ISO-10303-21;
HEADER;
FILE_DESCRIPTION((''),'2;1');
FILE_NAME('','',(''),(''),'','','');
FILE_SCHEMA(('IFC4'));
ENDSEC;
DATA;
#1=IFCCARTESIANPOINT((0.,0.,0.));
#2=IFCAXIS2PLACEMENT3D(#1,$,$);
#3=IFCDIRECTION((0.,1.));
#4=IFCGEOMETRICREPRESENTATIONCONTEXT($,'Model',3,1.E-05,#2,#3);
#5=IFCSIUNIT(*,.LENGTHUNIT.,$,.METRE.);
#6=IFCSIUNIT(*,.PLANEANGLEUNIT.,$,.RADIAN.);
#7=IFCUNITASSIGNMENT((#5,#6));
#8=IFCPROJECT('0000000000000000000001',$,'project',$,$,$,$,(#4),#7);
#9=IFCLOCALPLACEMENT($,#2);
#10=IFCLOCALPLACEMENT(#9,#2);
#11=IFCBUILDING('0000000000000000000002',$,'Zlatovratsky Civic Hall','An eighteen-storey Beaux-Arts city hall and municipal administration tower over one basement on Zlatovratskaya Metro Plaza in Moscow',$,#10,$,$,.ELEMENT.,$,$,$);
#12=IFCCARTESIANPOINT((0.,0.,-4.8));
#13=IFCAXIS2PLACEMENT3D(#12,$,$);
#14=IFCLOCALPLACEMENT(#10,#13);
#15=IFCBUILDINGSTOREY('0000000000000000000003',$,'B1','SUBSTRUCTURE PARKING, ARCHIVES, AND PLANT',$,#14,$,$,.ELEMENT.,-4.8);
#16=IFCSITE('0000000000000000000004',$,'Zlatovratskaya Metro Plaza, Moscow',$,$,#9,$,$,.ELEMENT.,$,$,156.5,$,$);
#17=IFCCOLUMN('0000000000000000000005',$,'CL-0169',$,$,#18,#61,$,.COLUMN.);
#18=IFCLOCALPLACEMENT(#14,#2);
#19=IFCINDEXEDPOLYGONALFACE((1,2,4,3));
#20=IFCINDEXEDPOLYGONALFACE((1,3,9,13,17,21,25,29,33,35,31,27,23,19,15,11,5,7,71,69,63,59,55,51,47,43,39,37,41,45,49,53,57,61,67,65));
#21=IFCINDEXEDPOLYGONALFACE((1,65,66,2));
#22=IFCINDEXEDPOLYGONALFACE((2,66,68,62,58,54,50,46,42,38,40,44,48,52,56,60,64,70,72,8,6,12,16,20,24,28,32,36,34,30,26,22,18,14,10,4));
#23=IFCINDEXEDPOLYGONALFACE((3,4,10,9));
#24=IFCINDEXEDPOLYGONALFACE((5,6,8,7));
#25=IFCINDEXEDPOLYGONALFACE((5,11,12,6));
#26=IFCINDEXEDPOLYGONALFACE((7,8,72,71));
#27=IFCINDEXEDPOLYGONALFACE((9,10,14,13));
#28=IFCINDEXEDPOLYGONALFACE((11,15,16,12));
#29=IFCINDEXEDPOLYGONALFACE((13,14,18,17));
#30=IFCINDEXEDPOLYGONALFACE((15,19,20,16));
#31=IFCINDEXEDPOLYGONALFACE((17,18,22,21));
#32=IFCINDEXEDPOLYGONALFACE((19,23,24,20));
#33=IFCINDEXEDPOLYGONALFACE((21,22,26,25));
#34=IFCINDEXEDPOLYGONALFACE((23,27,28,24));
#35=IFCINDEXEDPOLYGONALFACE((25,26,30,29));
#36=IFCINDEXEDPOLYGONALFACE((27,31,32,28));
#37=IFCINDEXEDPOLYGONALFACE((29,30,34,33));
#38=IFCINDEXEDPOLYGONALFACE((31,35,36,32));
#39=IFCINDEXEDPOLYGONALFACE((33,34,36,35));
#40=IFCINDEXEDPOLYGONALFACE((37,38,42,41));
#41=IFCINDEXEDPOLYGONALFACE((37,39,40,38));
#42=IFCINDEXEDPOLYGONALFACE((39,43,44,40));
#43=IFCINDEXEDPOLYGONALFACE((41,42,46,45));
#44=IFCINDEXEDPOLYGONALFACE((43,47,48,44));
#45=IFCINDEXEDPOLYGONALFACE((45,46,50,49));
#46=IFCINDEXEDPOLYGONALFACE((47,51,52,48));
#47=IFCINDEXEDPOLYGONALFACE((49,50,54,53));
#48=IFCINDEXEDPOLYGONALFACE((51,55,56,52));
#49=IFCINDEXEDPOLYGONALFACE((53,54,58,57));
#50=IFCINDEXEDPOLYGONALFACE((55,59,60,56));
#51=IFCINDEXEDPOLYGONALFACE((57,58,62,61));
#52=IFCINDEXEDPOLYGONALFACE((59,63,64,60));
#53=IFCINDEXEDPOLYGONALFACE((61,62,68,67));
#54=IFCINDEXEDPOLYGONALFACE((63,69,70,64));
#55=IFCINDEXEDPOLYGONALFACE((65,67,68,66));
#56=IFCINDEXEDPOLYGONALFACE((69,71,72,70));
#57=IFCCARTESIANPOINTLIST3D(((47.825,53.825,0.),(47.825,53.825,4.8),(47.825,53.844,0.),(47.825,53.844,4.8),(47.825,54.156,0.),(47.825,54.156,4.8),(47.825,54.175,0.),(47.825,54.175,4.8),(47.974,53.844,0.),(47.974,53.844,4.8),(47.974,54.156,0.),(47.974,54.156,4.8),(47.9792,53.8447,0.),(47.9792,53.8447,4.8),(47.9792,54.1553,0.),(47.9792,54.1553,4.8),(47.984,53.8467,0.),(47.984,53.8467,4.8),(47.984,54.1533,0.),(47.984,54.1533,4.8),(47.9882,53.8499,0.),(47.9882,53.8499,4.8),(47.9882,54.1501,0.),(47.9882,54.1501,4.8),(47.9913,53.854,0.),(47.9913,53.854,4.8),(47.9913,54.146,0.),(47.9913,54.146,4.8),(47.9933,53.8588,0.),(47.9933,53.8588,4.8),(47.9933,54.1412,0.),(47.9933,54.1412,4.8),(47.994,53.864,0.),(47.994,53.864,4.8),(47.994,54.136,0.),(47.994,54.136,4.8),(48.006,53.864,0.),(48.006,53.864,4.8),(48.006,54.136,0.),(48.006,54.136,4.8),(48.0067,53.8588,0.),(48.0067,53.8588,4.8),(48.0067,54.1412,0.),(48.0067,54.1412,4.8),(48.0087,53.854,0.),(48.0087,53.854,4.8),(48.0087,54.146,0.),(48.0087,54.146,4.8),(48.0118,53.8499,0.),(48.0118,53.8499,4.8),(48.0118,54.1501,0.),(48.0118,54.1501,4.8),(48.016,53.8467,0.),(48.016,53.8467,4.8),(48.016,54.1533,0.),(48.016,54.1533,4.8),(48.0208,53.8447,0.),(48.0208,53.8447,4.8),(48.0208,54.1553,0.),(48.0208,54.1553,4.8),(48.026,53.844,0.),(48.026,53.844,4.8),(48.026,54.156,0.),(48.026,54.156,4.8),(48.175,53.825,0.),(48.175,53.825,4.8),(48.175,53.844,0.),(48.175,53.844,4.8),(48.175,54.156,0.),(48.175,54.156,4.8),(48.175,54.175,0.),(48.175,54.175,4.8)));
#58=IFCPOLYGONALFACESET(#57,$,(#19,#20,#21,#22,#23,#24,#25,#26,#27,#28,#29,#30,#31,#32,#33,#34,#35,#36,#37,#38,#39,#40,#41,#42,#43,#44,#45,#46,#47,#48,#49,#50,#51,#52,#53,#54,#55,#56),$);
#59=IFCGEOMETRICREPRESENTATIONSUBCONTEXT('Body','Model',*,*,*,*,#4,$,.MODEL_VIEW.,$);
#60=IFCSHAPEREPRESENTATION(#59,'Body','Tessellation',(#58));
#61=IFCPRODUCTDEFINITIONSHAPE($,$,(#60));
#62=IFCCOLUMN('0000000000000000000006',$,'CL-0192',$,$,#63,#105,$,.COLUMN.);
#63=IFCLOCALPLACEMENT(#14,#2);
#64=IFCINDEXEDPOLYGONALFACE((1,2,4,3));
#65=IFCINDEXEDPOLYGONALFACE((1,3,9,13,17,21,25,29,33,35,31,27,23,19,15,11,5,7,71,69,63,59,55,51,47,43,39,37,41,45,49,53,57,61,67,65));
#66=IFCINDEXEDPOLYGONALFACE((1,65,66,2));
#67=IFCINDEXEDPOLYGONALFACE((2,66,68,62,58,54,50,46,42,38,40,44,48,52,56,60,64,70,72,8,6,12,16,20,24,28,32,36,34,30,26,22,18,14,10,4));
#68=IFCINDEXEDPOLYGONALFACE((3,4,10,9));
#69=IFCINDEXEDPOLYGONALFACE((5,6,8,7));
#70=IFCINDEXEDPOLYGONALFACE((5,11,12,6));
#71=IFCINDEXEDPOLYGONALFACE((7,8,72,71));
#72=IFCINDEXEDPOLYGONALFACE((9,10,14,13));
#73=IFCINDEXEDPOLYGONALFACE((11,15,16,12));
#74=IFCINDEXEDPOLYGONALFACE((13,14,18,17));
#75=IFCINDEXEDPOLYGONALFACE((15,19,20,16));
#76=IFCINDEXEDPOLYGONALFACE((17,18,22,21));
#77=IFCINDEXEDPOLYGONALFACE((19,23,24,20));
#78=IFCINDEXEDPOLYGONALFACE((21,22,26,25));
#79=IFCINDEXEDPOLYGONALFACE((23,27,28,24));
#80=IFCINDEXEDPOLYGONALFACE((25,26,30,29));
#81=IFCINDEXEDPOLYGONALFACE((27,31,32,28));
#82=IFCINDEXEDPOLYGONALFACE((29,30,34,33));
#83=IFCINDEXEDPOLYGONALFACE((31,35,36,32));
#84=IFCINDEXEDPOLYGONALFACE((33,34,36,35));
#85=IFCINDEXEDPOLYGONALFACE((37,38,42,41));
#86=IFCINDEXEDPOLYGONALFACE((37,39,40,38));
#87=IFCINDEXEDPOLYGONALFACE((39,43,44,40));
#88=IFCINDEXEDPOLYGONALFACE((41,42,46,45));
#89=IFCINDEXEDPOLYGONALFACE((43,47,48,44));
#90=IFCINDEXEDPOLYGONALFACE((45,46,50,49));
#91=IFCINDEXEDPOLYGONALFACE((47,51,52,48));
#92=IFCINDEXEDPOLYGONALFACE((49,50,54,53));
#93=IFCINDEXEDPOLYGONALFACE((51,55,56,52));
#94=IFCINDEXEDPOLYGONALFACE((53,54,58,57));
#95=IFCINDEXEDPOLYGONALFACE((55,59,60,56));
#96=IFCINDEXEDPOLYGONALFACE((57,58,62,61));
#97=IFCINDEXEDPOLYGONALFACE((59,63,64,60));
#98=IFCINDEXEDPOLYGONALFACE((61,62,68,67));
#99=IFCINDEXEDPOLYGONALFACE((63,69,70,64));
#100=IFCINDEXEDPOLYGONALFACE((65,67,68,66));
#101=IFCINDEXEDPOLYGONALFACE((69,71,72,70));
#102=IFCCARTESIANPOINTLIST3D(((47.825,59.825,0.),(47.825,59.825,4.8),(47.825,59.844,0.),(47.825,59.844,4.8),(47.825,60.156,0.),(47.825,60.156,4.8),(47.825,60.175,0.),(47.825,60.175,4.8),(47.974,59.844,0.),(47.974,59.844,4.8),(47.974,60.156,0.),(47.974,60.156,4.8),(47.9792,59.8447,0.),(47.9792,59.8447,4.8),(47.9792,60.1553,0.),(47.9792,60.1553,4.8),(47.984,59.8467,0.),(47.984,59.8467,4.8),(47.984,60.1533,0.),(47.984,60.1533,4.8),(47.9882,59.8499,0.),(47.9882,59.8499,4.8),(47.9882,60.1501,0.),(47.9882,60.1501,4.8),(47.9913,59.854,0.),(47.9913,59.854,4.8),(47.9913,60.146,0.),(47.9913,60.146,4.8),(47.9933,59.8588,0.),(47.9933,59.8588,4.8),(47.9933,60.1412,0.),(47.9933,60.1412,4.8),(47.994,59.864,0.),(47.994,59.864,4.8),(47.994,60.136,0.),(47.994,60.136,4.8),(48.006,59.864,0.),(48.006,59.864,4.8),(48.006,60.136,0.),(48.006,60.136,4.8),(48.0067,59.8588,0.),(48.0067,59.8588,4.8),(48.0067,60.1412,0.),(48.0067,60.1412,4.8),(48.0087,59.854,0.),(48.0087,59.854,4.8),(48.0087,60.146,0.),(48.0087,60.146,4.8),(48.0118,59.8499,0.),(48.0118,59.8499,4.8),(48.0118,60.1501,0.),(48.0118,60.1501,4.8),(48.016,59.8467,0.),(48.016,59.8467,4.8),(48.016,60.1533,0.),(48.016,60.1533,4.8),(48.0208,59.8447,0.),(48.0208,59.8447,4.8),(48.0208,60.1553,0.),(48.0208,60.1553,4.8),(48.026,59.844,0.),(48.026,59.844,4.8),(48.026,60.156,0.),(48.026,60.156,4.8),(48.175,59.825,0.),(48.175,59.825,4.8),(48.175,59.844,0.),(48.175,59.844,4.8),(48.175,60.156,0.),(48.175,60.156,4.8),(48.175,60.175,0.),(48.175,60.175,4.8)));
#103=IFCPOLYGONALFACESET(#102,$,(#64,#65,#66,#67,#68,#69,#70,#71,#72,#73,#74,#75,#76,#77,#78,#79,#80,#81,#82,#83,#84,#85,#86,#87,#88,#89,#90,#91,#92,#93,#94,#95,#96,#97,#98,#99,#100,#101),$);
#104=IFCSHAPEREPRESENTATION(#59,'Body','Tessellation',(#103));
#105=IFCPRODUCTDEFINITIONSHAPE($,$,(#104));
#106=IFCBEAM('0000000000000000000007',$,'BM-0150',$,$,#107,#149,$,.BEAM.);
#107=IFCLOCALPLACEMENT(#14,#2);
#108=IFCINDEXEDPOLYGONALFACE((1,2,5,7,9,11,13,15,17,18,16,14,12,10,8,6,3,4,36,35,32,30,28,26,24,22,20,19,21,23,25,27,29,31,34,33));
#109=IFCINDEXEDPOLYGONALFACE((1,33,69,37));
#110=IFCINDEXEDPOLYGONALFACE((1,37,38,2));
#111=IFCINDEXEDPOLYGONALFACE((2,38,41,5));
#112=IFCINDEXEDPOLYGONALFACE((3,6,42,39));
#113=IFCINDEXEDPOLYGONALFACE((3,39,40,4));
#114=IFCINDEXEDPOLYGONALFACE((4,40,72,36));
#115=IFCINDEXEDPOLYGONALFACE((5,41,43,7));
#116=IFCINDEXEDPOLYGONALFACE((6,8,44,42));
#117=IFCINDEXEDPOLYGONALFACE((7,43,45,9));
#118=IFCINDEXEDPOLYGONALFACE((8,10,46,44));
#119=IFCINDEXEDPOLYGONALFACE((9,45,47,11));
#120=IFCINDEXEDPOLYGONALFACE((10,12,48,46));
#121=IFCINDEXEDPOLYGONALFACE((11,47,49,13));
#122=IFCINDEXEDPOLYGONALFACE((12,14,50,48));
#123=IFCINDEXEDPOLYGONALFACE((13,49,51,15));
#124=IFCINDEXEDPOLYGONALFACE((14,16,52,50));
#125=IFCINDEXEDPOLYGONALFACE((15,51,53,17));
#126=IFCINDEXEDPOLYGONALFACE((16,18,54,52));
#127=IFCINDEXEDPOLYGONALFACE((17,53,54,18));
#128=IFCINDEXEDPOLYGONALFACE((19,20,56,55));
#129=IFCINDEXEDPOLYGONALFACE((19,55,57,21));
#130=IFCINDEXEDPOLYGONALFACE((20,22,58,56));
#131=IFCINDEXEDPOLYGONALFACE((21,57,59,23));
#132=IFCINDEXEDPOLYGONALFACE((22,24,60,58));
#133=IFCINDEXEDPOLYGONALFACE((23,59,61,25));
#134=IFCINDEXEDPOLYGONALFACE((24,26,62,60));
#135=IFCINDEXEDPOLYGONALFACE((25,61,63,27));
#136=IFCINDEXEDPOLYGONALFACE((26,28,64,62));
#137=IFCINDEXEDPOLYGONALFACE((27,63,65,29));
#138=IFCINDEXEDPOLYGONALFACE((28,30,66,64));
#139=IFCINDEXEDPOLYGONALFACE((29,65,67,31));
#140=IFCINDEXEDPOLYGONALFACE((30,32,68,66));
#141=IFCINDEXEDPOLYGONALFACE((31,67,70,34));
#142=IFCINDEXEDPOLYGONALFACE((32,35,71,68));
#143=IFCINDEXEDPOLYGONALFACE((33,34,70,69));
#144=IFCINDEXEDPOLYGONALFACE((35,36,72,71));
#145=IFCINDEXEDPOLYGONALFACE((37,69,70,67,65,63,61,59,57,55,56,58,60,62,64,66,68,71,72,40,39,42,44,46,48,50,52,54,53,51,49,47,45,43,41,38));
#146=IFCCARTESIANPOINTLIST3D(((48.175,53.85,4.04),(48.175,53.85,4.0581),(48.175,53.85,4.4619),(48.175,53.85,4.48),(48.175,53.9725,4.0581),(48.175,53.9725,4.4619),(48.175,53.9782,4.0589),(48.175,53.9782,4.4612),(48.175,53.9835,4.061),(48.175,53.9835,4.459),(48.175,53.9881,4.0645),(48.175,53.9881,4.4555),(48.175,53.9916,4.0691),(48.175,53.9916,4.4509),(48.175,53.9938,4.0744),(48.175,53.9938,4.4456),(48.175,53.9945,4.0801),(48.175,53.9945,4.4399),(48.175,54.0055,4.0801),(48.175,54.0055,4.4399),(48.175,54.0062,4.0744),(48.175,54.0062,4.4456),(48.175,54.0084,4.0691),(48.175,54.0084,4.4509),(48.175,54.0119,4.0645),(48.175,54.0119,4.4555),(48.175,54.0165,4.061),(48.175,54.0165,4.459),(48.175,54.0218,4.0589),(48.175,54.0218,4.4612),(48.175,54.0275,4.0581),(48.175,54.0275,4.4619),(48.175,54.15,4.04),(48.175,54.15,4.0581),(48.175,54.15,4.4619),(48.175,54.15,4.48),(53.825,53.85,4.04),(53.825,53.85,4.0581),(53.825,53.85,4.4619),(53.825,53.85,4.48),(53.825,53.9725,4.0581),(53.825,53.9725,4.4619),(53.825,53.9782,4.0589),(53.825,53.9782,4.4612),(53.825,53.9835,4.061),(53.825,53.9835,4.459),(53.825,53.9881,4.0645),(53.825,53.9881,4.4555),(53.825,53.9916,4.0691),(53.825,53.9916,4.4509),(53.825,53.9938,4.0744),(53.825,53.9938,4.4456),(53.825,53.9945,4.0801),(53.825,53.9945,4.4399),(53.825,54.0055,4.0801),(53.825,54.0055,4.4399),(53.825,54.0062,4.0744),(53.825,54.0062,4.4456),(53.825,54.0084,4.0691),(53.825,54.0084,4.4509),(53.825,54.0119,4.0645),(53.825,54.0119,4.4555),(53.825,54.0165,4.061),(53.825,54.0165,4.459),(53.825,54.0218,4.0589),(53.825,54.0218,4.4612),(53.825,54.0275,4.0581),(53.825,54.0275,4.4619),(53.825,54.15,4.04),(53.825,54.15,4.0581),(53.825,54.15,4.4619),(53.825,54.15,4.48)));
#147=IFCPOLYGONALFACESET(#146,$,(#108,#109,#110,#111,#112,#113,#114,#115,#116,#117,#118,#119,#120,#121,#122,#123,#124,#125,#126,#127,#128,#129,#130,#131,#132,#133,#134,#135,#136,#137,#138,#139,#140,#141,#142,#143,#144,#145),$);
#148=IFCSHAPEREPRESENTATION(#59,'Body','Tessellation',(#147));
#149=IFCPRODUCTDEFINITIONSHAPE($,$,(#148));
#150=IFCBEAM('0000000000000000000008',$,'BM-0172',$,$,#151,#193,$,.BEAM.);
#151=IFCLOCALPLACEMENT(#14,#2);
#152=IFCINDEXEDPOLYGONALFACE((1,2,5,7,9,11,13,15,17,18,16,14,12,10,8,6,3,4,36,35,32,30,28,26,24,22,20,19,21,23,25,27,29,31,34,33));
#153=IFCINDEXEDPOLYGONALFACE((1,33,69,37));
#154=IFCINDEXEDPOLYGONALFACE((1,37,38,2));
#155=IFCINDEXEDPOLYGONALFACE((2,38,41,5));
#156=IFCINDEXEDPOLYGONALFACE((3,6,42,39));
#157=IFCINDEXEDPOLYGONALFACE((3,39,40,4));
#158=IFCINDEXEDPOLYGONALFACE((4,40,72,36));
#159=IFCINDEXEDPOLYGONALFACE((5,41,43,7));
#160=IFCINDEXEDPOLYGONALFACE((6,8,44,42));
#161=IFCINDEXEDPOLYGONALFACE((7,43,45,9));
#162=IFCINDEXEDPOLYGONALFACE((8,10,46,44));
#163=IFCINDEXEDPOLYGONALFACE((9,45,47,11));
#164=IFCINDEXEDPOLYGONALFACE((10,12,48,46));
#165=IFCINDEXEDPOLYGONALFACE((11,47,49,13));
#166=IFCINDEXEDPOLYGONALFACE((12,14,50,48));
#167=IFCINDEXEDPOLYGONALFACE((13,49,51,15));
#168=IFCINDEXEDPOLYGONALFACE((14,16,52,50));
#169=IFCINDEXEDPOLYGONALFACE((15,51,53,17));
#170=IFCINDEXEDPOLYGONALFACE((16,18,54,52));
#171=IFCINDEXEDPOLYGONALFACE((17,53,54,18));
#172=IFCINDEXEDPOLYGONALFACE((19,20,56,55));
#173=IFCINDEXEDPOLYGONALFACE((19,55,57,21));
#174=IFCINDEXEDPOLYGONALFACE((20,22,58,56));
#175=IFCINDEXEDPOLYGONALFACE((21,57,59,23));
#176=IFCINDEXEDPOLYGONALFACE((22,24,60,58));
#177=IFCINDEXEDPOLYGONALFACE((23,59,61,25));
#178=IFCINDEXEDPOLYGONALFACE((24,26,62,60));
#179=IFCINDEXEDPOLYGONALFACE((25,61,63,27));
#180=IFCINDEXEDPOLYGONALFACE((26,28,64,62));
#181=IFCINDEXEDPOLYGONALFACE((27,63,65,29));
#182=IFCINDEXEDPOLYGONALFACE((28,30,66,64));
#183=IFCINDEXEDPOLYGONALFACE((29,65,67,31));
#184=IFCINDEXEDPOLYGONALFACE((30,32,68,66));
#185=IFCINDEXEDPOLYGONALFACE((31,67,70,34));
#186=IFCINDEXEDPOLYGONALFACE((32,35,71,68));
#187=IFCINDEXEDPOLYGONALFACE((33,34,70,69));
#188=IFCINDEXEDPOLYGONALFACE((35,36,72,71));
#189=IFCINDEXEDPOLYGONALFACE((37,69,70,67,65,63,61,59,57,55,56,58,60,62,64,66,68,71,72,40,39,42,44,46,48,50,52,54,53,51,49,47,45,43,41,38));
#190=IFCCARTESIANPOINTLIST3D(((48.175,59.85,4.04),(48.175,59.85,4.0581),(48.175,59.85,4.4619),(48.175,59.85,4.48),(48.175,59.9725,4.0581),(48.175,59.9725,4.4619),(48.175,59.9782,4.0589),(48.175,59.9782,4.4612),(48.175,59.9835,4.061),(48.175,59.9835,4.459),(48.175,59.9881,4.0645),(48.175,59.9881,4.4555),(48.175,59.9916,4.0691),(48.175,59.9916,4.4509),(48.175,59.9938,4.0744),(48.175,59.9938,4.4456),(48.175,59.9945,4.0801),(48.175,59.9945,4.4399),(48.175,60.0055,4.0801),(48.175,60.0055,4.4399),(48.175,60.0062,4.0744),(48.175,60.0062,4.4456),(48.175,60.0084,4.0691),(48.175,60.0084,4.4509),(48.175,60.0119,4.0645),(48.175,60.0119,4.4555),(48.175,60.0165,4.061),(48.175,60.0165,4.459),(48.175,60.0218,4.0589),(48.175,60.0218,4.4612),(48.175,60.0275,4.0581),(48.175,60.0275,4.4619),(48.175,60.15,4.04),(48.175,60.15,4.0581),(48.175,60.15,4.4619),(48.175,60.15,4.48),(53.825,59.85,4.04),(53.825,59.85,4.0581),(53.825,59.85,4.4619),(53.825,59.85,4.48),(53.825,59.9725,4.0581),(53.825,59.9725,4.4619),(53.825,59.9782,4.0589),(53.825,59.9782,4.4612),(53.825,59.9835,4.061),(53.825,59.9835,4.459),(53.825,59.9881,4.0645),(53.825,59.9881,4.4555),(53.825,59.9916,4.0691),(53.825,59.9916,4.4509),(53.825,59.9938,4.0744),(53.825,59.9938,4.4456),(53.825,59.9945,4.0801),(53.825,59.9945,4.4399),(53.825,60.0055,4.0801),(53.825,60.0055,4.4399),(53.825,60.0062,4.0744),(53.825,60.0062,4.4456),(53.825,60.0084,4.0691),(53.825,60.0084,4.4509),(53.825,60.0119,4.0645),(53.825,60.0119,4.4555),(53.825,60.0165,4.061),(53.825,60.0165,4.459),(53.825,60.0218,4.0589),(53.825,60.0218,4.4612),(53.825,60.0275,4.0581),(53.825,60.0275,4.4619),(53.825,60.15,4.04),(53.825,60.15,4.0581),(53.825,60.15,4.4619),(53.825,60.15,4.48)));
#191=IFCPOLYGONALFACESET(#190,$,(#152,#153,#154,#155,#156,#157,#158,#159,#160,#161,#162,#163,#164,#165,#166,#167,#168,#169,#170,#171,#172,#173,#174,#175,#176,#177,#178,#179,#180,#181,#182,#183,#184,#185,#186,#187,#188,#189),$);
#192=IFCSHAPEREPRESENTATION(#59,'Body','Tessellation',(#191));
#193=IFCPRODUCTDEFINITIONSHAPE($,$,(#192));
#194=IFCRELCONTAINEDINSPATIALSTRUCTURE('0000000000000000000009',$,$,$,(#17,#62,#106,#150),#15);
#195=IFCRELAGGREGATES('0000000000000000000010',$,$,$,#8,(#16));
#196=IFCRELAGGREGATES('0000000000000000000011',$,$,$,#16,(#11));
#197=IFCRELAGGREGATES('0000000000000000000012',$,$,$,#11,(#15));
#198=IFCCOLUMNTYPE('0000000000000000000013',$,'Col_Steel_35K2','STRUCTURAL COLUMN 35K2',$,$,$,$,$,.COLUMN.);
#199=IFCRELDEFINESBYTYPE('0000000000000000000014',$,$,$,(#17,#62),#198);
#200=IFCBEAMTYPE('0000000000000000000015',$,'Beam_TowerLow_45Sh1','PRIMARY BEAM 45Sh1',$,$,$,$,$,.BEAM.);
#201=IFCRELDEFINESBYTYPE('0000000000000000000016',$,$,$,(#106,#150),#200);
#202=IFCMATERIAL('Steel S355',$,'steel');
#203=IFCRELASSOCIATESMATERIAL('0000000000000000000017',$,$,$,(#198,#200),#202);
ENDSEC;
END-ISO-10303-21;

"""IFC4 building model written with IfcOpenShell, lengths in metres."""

from ifc_helpers import new_model, si_unit, direction, frame, origin, origin_2d, place, context, subcontext, project, spatial, i_section, extrude, material, material_profile, profile_set, type_object, element, save


model = new_model("IFC4")

# Units and contexts
model_context = context("Model", 3, precision=1e-05, world=origin(), true_north=direction((0.0, 1.0)))
body_context = subcontext(model_context, "Body", "Model", "MODEL_VIEW")
ifc_project = project(units=[si_unit("LENGTHUNIT", "METRE"), si_unit("PLANEANGLEUNIT", "RADIAN")], contexts=[model_context])

# Site, building, storey
site_placement = place(None, origin())
site = spatial("IfcSite", under=ifc_project, at=site_placement, Name="Zlatovratskaya Metro Plaza, Moscow", CompositionType="ELEMENT", RefElevation=156.5)
building_placement = place(site_placement, origin())
building = spatial("IfcBuilding", under=site, at=building_placement, Name="Zlatovratsky Civic Hall", Description="An eighteen-storey Beaux-Arts city hall and municipal administration tower over one basement on Zlatovratskaya Metro Plaza in Moscow", CompositionType="ELEMENT")
storey_placement = place(building_placement, frame((0.0, 0.0, -4.8)))
storey = spatial("IfcBuildingStorey", under=building, at=storey_placement, Name="B1", Description="SUBSTRUCTURE PARKING, ARCHIVES, AND PLANT", CompositionType="ELEMENT", Elevation=-4.8)

# Columns
ifc_material_1 = material(Name="Steel S355", Category="steel")
ifc_material_profile_1 = material_profile(ifc_material_1, i_section(OverallWidth=0.3501, OverallDepth=0.3501, WebThickness=0.012, FlangeThickness=0.019, FilletRadius=0.02, at=origin_2d()), Name="35K2")
ifc_profile_set_1 = profile_set([ifc_material_profile_1], Name="Steel S355")
column_type = type_object("IfcColumnType", Name="Col_Steel_35K2", Description="STRUCTURAL COLUMN 35K2", PredefinedType="COLUMN", material=ifc_profile_set_1)
for number, where, z_axis, x_axis, name in (
    (1, (48.0, 54.0, 0.0), (0.0, 0.0, 1.0), (1.0, 0.0, 0.0), "CL-0169"),
    (2, (48.0, 60.0, 0.0), (0.0, 0.0, 1.0), (1.0, 0.0, 0.0), "CL-0192"),
):
    element("IfcColumn", number, at=place(storey_placement, frame(where, z_axis=z_axis, x_axis=x_axis)), inside=storey, type_object=column_type, Name=name, PredefinedType="COLUMN", context=body_context, shape_type="SweptSolid", body=[
        extrude(i_section(OverallWidth=0.3501, OverallDepth=0.3501, WebThickness=0.012, FlangeThickness=0.019, FilletRadius=0.02, at=origin_2d()), origin(), (0.0, 0.0, 1.0), 4.8),
    ])

# Beams
ifc_material_profile_2 = material_profile(ifc_material_1, i_section(OverallWidth=0.3, OverallDepth=0.4399, WebThickness=0.011, FlangeThickness=0.0181, FilletRadius=0.022, at=origin_2d()), Name="45Sh1")
ifc_profile_set_2 = profile_set([ifc_material_profile_2], Name="Steel S355")
beam_type_1 = type_object("IfcBeamType", Name="Beam_TowerLow_45Sh1", Description="PRIMARY BEAM 45Sh1", PredefinedType="BEAM", material=ifc_profile_set_2)
for number, where, z_axis, x_axis, name in (
    (3, (48.175, 54.0, 4.26), (1.0, 0.0, 0.0), (0.0, 1.0, 0.0), "BM-0150"),
    (4, (48.175, 60.0, 4.26), (1.0, 0.0, 0.0), (0.0, 1.0, 0.0), "BM-0172"),
):
    element("IfcBeam", number, at=place(storey_placement, frame(where, z_axis=z_axis, x_axis=x_axis)), inside=storey, type_object=beam_type_1, Name=name, PredefinedType="BEAM", context=body_context, shape_type="SweptSolid", body=[
        extrude(i_section(OverallWidth=0.3, OverallDepth=0.4399, WebThickness=0.011, FlangeThickness=0.0181, FilletRadius=0.022, at=origin_2d()), origin(), (0.0, 0.0, 1.0), 5.6499),
    ])

save(model, "model.ifc")
